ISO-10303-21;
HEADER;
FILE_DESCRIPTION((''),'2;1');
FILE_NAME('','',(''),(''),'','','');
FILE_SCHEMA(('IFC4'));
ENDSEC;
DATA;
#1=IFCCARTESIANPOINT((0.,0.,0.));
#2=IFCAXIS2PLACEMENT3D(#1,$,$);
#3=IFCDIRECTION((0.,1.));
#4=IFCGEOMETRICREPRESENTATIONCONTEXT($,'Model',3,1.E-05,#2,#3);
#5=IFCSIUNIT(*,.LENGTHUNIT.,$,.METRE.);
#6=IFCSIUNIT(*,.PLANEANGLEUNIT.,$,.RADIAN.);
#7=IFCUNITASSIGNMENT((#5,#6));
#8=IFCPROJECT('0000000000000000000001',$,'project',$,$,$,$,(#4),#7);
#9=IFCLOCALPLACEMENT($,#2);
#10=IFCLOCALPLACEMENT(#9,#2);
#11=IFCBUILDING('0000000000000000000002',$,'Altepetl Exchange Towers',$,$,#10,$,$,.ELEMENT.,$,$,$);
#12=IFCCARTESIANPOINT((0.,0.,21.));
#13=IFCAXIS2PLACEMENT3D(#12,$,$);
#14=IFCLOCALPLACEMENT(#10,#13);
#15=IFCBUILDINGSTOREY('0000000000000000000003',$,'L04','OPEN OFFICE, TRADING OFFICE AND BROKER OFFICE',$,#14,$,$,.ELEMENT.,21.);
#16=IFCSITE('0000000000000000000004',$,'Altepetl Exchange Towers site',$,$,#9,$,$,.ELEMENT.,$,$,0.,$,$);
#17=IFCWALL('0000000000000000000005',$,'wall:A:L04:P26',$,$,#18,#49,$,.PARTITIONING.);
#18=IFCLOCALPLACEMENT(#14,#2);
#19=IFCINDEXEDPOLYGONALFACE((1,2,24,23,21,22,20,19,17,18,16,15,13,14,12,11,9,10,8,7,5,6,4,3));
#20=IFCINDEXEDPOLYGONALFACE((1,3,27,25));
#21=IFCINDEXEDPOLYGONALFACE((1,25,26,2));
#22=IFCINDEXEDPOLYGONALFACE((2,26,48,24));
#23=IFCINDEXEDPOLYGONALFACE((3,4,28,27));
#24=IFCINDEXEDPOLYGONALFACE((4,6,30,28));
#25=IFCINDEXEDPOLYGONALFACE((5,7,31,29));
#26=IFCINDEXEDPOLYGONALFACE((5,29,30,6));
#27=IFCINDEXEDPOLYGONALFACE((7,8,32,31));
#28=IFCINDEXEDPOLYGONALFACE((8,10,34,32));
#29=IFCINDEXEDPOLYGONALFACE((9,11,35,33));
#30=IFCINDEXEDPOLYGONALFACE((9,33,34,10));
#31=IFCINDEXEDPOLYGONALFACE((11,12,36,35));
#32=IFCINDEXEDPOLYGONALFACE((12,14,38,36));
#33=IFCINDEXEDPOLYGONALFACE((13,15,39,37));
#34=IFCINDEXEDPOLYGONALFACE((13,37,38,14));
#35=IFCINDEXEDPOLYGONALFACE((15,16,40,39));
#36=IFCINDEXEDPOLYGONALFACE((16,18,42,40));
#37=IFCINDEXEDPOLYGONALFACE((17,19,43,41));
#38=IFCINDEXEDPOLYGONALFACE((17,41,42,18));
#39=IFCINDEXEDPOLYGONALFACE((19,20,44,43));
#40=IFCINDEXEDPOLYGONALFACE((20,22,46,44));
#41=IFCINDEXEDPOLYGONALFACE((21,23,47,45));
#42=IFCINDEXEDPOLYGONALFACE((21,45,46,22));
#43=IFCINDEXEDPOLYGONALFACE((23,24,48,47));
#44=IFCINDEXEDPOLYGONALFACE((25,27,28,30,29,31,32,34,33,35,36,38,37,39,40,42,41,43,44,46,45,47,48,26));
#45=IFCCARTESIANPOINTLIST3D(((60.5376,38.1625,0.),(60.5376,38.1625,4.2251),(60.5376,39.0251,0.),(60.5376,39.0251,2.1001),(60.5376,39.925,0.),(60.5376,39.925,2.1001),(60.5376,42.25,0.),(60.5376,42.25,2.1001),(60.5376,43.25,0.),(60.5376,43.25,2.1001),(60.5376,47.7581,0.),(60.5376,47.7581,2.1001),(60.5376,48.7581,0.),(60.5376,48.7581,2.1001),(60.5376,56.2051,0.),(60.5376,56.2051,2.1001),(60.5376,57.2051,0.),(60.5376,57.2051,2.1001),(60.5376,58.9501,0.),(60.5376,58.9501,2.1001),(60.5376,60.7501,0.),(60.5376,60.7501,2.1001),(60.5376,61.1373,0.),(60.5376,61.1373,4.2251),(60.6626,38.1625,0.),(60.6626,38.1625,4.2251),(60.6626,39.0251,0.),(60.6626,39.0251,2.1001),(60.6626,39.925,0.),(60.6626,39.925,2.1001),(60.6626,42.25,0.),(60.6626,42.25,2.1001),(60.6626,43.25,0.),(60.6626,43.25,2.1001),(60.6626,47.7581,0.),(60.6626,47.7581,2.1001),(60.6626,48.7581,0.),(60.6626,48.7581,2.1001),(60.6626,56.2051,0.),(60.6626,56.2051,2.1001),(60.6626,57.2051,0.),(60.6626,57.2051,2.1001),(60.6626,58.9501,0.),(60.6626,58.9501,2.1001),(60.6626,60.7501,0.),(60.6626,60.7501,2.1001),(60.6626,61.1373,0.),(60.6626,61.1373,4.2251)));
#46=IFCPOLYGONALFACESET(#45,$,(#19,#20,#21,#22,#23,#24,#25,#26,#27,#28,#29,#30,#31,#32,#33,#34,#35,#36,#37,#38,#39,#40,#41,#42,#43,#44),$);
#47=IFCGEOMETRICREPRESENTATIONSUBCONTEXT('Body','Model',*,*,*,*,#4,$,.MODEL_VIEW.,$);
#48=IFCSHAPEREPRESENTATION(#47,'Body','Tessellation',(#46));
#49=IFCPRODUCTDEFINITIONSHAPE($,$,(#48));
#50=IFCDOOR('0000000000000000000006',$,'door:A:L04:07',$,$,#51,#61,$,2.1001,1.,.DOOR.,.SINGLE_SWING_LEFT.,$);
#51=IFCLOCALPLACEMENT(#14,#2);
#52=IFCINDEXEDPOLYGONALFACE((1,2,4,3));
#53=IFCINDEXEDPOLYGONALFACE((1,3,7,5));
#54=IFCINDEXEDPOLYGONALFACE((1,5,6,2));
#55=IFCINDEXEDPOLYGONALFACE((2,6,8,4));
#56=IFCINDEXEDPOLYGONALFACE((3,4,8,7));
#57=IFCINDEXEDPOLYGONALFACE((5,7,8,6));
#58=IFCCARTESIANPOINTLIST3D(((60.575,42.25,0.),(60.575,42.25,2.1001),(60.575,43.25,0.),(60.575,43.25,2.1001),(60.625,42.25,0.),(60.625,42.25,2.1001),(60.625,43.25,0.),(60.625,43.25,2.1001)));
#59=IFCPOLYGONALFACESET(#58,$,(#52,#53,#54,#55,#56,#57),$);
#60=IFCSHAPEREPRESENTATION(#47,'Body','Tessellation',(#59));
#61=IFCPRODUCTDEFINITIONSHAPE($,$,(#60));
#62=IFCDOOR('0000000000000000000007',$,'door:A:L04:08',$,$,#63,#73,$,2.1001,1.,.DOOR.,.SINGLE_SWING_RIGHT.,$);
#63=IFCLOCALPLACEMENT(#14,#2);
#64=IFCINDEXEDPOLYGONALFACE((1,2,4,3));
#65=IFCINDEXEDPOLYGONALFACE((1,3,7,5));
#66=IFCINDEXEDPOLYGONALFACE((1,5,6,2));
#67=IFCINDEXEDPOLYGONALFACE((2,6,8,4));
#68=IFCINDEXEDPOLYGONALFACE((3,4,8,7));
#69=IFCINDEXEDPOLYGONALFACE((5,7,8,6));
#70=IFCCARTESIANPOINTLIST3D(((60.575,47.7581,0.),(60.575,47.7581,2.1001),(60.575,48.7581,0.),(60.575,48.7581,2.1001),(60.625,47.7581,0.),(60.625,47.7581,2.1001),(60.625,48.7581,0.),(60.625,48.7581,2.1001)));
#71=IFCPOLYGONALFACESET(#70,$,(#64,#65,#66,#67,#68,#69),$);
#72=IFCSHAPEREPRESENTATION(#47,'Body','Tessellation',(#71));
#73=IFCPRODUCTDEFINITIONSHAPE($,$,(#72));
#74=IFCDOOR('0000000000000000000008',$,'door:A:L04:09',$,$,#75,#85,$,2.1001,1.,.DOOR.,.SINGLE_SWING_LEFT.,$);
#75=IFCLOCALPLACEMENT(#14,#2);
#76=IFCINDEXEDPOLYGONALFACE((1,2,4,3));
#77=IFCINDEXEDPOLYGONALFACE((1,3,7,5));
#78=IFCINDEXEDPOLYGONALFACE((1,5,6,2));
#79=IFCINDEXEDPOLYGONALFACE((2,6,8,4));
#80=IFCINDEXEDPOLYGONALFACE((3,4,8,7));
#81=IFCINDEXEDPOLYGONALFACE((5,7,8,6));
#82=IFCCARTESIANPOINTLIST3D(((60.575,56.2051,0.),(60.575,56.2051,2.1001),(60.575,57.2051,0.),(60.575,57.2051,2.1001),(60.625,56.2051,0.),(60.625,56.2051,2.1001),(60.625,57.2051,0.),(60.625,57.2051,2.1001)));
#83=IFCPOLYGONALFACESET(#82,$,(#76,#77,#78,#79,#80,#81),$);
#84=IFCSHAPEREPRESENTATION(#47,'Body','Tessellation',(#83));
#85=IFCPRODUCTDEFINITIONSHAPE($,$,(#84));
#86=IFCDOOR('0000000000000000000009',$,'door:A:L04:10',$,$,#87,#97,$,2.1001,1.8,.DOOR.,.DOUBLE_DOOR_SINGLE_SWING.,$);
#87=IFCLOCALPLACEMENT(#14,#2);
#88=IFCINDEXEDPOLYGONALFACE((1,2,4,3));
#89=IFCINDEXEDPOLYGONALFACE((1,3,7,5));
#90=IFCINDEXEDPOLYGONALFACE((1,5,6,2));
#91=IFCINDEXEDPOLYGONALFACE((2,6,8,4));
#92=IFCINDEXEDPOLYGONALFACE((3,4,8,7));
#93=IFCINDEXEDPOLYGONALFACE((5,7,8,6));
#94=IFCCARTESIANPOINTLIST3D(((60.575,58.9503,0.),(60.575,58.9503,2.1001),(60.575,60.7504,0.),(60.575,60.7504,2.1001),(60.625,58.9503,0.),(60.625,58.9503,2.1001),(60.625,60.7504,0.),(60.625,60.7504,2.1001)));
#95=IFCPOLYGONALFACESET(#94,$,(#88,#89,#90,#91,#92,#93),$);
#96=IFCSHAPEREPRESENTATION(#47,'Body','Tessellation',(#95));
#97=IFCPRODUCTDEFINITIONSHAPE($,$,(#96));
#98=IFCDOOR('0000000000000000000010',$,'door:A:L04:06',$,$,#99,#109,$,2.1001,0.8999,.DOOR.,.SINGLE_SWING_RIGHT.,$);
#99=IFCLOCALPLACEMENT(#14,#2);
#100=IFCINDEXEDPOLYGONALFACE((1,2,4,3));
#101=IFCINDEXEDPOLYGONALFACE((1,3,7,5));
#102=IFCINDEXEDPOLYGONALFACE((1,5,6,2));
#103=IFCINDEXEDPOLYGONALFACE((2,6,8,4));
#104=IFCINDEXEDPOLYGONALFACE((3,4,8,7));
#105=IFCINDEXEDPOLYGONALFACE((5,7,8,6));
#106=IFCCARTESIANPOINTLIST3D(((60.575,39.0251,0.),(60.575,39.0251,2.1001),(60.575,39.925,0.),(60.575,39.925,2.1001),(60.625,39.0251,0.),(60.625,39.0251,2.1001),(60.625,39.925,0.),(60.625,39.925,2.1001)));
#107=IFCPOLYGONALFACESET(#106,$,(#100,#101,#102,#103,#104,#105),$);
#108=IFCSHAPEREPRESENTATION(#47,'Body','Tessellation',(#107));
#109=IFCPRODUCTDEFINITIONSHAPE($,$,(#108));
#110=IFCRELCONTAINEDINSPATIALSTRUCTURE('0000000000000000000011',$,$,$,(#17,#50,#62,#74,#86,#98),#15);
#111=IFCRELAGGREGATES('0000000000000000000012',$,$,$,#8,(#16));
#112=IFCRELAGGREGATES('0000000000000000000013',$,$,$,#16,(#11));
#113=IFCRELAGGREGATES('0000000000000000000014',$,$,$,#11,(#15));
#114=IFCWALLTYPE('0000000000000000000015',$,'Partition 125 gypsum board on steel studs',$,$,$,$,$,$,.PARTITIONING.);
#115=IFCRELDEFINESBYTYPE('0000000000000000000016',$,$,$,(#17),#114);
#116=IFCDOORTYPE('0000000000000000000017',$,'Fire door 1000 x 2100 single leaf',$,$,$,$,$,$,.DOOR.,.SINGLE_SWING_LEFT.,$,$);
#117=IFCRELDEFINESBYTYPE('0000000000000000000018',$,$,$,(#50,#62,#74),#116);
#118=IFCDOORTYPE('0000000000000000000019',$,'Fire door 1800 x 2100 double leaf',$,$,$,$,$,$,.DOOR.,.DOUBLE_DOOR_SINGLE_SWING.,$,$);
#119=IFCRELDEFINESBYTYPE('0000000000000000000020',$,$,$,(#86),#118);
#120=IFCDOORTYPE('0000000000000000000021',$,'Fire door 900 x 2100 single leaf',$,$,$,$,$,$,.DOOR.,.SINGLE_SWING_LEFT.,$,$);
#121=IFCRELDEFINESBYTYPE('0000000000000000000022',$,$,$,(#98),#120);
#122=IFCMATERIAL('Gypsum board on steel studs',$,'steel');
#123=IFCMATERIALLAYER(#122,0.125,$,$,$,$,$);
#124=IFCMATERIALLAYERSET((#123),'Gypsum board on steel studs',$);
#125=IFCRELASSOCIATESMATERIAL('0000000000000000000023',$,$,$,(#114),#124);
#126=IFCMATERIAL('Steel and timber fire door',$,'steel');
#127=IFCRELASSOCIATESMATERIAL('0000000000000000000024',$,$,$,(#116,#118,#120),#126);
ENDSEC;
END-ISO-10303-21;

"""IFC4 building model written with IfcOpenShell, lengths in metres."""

from ifc_helpers import new_model, si_unit, direction, frame, frame_2d, origin, place, context, subcontext, project, spatial, rectangle, extrude, material, layer, layer_set, type_object, element, fill, save


model = new_model("IFC4")

# Units and contexts
model_context = context("Model", 3, precision=1e-05, world=origin(), true_north=direction((0.0, 1.0)))
body_context = subcontext(model_context, "Body", "Model", "MODEL_VIEW")
ifc_project = project(units=[si_unit("LENGTHUNIT", "METRE"), si_unit("PLANEANGLEUNIT", "RADIAN")], contexts=[model_context])

# Site, building, storey
site_placement = place(None, origin())
site = spatial("IfcSite", under=ifc_project, at=site_placement, Name="Altepetl Exchange Towers site", CompositionType="ELEMENT", RefElevation=0.0)
building_placement = place(site_placement, origin())
building = spatial("IfcBuilding", under=site, at=building_placement, Name="Altepetl Exchange Towers", CompositionType="ELEMENT")
storey_placement = place(building_placement, frame((0.0, 0.0, 21.0)))
storey = spatial("IfcBuildingStorey", under=building, at=storey_placement, Name="L04", Description="OPEN OFFICE, TRADING OFFICE AND BROKER OFFICE", CompositionType="ELEMENT", Elevation=21.0)

# Shared definitions
ifc_material_1 = material(Name="Gypsum board on steel studs", Category="steel")
ifc_layer_1 = layer(ifc_material_1, 0.125)
ifc_layer_set_1 = layer_set([ifc_layer_1], Name="Gypsum board on steel studs")
wall_type = type_object("IfcWallType", Name="Partition 125 gypsum board on steel studs", PredefinedType="PARTITIONING", material=ifc_layer_set_1)

# Wall, openings, doors
wall_1_placement = place(storey_placement, frame((60.6001, 38.1626, 0.0), z_axis=(0.0, 0.0, 1.0), x_axis=(0.0, 1.0, 0.0)))
wall_1 = element("IfcWall", 1, at=wall_1_placement, inside=storey, type_object=wall_type, Name="wall:A:L04:P26", PredefinedType="PARTITIONING", context=body_context, shape_type="SweptSolid", body=[
    extrude(rectangle(XDim=22.9749, YDim=0.125, at=frame_2d((11.4873, 0.0))), origin(), (0.0, 0.0, 1.0), 4.2251),
])
opening_1_placement = place(wall_1_placement, frame((0.8625, 0.0, 0.0)))
opening_1 = element("IfcOpeningElement", 2, at=opening_1_placement, cuts=wall_1, PredefinedType="OPENING", context=body_context, shape_type="SweptSolid", body=[
    extrude(rectangle(XDim=0.8999, YDim=2.1001, at=frame_2d((0.45, 1.05))), frame((0.0, 0.0725, 0.0), z_axis=(0.0, -1.0, 0.0), x_axis=(1.0, 0.0, 0.0)), (0.0, 0.0, 1.0), 0.145),
])
opening_2_placement = place(wall_1_placement, frame((4.0874, 0.0, 0.0)))
opening_2 = element("IfcOpeningElement", 3, at=opening_2_placement, cuts=wall_1, PredefinedType="OPENING", context=body_context, shape_type="SweptSolid", body=[
    extrude(rectangle(XDim=1.0, YDim=2.1001, at=frame_2d((0.5, 1.05))), frame((0.0, 0.0725, 0.0), z_axis=(0.0, -1.0, 0.0), x_axis=(1.0, 0.0, 0.0)), (0.0, 0.0, 1.0), 0.145),
])
opening_3_placement = place(wall_1_placement, frame((9.5955, 0.0, 0.0)))
opening_3 = element("IfcOpeningElement", 4, at=opening_3_placement, cuts=wall_1, PredefinedType="OPENING", context=body_context, shape_type="SweptSolid", body=[
    extrude(rectangle(XDim=1.0, YDim=2.1001, at=frame_2d((0.5, 1.05))), frame((0.0, 0.0725, 0.0), z_axis=(0.0, -1.0, 0.0), x_axis=(1.0, 0.0, 0.0)), (0.0, 0.0, 1.0), 0.145),
])
opening_4_placement = place(wall_1_placement, frame((18.0425, 0.0, 0.0)))
opening_4 = element("IfcOpeningElement", 5, at=opening_4_placement, cuts=wall_1, PredefinedType="OPENING", context=body_context, shape_type="SweptSolid", body=[
    extrude(rectangle(XDim=1.0, YDim=2.1001, at=frame_2d((0.5, 1.05))), frame((0.0, 0.0725, 0.0), z_axis=(0.0, -1.0, 0.0), x_axis=(1.0, 0.0, 0.0)), (0.0, 0.0, 1.0), 0.145),
])
opening_5_placement = place(wall_1_placement, frame((20.7876, 0.0, 0.0)))
opening_5 = element("IfcOpeningElement", 6, at=opening_5_placement, cuts=wall_1, PredefinedType="OPENING", context=body_context, shape_type="SweptSolid", body=[
    extrude(rectangle(XDim=1.8, YDim=2.1001, at=frame_2d((0.8999, 1.05))), frame((0.0, 0.0725, 0.0), z_axis=(0.0, -1.0, 0.0), x_axis=(1.0, 0.0, 0.0)), (0.0, 0.0, 1.0), 0.145),
])
ifc_material_2 = material(Name="Steel and timber fire door", Category="steel")
door_type_1 = type_object("IfcDoorType", Name="Fire door 1000 x 2100 single leaf", OperationType="SINGLE_SWING_LEFT", PredefinedType="DOOR", material=ifc_material_2)
door_1_placement = place(opening_2_placement, frame((1.0, 0.0, 0.0), x_axis=(-1.0, 0.0, 0.0)))
door_1 = element("IfcDoor", 7, at=door_1_placement, inside=storey, type_object=door_type_1, Name="door:A:L04:07", OperationType="SINGLE_SWING_LEFT", OverallHeight=2.1001, OverallWidth=1.0, PredefinedType="DOOR", context=body_context, shape_type="SweptSolid", body=[
    extrude(rectangle(XDim=1.0, YDim=2.1001, at=frame_2d((0.5, 1.05))), frame((0.0, 0.0249, 0.0), z_axis=(0.0, -1.0, 0.0), x_axis=(1.0, 0.0, 0.0)), (0.0, 0.0, 1.0), 0.05),
])
fill(opening_2, door_1)
door_2_placement = place(opening_3_placement, frame((1.0, 0.0, 0.0), x_axis=(-1.0, 0.0, 0.0)))
door_2 = element("IfcDoor", 8, at=door_2_placement, inside=storey, type_object=door_type_1, Name="door:A:L04:08", OperationType="SINGLE_SWING_RIGHT", OverallHeight=2.1001, OverallWidth=1.0, PredefinedType="DOOR", context=body_context, shape_type="SweptSolid", body=[
    extrude(rectangle(XDim=1.0, YDim=2.1001, at=frame_2d((0.5, 1.05))), frame((0.0, 0.0249, 0.0), z_axis=(0.0, -1.0, 0.0), x_axis=(1.0, 0.0, 0.0)), (0.0, 0.0, 1.0), 0.05),
])
fill(opening_3, door_2)
door_3_placement = place(opening_4_placement, frame((1.0, 0.0, 0.0), x_axis=(-1.0, 0.0, 0.0)))
door_3 = element("IfcDoor", 9, at=door_3_placement, inside=storey, type_object=door_type_1, Name="door:A:L04:09", OperationType="SINGLE_SWING_LEFT", OverallHeight=2.1001, OverallWidth=1.0, PredefinedType="DOOR", context=body_context, shape_type="SweptSolid", body=[
    extrude(rectangle(XDim=1.0, YDim=2.1001, at=frame_2d((0.5, 1.05))), frame((0.0, 0.0249, 0.0), z_axis=(0.0, -1.0, 0.0), x_axis=(1.0, 0.0, 0.0)), (0.0, 0.0, 1.0), 0.05),
])
fill(opening_4, door_3)
door_type_2 = type_object("IfcDoorType", Name="Fire door 1800 x 2100 double leaf", OperationType="DOUBLE_DOOR_SINGLE_SWING", PredefinedType="DOOR", material=ifc_material_2)
door_4_placement = place(opening_5_placement, frame((1.8, 0.0, 0.0), x_axis=(-1.0, 0.0, 0.0)))
door_4 = element("IfcDoor", 10, at=door_4_placement, inside=storey, type_object=door_type_2, Name="door:A:L04:10", OperationType="DOUBLE_DOOR_SINGLE_SWING", OverallHeight=2.1001, OverallWidth=1.8, PredefinedType="DOOR", context=body_context, shape_type="SweptSolid", body=[
    extrude(rectangle(XDim=1.8, YDim=2.1001, at=frame_2d((0.8999, 1.05))), frame((0.0, 0.0249, 0.0), z_axis=(0.0, -1.0, 0.0), x_axis=(1.0, 0.0, 0.0)), (0.0, 0.0, 1.0), 0.05),
])
fill(opening_5, door_4)
door_type_3 = type_object("IfcDoorType", Name="Fire door 900 x 2100 single leaf", OperationType="SINGLE_SWING_LEFT", PredefinedType="DOOR", material=ifc_material_2)
door_5_placement = place(opening_1_placement, frame((0.8999, 0.0, 0.0), x_axis=(-1.0, 0.0, 0.0)))
door_5 = element("IfcDoor", 11, at=door_5_placement, inside=storey, type_object=door_type_3, Name="door:A:L04:06", OperationType="SINGLE_SWING_RIGHT", OverallHeight=2.1001, OverallWidth=0.8999, PredefinedType="DOOR", context=body_context, shape_type="SweptSolid", body=[
    extrude(rectangle(XDim=0.8999, YDim=2.1001, at=frame_2d((0.45, 1.05))), frame((0.0, 0.0249, 0.0), z_axis=(0.0, -1.0, 0.0), x_axis=(1.0, 0.0, 0.0)), (0.0, 0.0, 1.0), 0.05),
])
fill(opening_1, door_5)

save(model, "model.ifc")
